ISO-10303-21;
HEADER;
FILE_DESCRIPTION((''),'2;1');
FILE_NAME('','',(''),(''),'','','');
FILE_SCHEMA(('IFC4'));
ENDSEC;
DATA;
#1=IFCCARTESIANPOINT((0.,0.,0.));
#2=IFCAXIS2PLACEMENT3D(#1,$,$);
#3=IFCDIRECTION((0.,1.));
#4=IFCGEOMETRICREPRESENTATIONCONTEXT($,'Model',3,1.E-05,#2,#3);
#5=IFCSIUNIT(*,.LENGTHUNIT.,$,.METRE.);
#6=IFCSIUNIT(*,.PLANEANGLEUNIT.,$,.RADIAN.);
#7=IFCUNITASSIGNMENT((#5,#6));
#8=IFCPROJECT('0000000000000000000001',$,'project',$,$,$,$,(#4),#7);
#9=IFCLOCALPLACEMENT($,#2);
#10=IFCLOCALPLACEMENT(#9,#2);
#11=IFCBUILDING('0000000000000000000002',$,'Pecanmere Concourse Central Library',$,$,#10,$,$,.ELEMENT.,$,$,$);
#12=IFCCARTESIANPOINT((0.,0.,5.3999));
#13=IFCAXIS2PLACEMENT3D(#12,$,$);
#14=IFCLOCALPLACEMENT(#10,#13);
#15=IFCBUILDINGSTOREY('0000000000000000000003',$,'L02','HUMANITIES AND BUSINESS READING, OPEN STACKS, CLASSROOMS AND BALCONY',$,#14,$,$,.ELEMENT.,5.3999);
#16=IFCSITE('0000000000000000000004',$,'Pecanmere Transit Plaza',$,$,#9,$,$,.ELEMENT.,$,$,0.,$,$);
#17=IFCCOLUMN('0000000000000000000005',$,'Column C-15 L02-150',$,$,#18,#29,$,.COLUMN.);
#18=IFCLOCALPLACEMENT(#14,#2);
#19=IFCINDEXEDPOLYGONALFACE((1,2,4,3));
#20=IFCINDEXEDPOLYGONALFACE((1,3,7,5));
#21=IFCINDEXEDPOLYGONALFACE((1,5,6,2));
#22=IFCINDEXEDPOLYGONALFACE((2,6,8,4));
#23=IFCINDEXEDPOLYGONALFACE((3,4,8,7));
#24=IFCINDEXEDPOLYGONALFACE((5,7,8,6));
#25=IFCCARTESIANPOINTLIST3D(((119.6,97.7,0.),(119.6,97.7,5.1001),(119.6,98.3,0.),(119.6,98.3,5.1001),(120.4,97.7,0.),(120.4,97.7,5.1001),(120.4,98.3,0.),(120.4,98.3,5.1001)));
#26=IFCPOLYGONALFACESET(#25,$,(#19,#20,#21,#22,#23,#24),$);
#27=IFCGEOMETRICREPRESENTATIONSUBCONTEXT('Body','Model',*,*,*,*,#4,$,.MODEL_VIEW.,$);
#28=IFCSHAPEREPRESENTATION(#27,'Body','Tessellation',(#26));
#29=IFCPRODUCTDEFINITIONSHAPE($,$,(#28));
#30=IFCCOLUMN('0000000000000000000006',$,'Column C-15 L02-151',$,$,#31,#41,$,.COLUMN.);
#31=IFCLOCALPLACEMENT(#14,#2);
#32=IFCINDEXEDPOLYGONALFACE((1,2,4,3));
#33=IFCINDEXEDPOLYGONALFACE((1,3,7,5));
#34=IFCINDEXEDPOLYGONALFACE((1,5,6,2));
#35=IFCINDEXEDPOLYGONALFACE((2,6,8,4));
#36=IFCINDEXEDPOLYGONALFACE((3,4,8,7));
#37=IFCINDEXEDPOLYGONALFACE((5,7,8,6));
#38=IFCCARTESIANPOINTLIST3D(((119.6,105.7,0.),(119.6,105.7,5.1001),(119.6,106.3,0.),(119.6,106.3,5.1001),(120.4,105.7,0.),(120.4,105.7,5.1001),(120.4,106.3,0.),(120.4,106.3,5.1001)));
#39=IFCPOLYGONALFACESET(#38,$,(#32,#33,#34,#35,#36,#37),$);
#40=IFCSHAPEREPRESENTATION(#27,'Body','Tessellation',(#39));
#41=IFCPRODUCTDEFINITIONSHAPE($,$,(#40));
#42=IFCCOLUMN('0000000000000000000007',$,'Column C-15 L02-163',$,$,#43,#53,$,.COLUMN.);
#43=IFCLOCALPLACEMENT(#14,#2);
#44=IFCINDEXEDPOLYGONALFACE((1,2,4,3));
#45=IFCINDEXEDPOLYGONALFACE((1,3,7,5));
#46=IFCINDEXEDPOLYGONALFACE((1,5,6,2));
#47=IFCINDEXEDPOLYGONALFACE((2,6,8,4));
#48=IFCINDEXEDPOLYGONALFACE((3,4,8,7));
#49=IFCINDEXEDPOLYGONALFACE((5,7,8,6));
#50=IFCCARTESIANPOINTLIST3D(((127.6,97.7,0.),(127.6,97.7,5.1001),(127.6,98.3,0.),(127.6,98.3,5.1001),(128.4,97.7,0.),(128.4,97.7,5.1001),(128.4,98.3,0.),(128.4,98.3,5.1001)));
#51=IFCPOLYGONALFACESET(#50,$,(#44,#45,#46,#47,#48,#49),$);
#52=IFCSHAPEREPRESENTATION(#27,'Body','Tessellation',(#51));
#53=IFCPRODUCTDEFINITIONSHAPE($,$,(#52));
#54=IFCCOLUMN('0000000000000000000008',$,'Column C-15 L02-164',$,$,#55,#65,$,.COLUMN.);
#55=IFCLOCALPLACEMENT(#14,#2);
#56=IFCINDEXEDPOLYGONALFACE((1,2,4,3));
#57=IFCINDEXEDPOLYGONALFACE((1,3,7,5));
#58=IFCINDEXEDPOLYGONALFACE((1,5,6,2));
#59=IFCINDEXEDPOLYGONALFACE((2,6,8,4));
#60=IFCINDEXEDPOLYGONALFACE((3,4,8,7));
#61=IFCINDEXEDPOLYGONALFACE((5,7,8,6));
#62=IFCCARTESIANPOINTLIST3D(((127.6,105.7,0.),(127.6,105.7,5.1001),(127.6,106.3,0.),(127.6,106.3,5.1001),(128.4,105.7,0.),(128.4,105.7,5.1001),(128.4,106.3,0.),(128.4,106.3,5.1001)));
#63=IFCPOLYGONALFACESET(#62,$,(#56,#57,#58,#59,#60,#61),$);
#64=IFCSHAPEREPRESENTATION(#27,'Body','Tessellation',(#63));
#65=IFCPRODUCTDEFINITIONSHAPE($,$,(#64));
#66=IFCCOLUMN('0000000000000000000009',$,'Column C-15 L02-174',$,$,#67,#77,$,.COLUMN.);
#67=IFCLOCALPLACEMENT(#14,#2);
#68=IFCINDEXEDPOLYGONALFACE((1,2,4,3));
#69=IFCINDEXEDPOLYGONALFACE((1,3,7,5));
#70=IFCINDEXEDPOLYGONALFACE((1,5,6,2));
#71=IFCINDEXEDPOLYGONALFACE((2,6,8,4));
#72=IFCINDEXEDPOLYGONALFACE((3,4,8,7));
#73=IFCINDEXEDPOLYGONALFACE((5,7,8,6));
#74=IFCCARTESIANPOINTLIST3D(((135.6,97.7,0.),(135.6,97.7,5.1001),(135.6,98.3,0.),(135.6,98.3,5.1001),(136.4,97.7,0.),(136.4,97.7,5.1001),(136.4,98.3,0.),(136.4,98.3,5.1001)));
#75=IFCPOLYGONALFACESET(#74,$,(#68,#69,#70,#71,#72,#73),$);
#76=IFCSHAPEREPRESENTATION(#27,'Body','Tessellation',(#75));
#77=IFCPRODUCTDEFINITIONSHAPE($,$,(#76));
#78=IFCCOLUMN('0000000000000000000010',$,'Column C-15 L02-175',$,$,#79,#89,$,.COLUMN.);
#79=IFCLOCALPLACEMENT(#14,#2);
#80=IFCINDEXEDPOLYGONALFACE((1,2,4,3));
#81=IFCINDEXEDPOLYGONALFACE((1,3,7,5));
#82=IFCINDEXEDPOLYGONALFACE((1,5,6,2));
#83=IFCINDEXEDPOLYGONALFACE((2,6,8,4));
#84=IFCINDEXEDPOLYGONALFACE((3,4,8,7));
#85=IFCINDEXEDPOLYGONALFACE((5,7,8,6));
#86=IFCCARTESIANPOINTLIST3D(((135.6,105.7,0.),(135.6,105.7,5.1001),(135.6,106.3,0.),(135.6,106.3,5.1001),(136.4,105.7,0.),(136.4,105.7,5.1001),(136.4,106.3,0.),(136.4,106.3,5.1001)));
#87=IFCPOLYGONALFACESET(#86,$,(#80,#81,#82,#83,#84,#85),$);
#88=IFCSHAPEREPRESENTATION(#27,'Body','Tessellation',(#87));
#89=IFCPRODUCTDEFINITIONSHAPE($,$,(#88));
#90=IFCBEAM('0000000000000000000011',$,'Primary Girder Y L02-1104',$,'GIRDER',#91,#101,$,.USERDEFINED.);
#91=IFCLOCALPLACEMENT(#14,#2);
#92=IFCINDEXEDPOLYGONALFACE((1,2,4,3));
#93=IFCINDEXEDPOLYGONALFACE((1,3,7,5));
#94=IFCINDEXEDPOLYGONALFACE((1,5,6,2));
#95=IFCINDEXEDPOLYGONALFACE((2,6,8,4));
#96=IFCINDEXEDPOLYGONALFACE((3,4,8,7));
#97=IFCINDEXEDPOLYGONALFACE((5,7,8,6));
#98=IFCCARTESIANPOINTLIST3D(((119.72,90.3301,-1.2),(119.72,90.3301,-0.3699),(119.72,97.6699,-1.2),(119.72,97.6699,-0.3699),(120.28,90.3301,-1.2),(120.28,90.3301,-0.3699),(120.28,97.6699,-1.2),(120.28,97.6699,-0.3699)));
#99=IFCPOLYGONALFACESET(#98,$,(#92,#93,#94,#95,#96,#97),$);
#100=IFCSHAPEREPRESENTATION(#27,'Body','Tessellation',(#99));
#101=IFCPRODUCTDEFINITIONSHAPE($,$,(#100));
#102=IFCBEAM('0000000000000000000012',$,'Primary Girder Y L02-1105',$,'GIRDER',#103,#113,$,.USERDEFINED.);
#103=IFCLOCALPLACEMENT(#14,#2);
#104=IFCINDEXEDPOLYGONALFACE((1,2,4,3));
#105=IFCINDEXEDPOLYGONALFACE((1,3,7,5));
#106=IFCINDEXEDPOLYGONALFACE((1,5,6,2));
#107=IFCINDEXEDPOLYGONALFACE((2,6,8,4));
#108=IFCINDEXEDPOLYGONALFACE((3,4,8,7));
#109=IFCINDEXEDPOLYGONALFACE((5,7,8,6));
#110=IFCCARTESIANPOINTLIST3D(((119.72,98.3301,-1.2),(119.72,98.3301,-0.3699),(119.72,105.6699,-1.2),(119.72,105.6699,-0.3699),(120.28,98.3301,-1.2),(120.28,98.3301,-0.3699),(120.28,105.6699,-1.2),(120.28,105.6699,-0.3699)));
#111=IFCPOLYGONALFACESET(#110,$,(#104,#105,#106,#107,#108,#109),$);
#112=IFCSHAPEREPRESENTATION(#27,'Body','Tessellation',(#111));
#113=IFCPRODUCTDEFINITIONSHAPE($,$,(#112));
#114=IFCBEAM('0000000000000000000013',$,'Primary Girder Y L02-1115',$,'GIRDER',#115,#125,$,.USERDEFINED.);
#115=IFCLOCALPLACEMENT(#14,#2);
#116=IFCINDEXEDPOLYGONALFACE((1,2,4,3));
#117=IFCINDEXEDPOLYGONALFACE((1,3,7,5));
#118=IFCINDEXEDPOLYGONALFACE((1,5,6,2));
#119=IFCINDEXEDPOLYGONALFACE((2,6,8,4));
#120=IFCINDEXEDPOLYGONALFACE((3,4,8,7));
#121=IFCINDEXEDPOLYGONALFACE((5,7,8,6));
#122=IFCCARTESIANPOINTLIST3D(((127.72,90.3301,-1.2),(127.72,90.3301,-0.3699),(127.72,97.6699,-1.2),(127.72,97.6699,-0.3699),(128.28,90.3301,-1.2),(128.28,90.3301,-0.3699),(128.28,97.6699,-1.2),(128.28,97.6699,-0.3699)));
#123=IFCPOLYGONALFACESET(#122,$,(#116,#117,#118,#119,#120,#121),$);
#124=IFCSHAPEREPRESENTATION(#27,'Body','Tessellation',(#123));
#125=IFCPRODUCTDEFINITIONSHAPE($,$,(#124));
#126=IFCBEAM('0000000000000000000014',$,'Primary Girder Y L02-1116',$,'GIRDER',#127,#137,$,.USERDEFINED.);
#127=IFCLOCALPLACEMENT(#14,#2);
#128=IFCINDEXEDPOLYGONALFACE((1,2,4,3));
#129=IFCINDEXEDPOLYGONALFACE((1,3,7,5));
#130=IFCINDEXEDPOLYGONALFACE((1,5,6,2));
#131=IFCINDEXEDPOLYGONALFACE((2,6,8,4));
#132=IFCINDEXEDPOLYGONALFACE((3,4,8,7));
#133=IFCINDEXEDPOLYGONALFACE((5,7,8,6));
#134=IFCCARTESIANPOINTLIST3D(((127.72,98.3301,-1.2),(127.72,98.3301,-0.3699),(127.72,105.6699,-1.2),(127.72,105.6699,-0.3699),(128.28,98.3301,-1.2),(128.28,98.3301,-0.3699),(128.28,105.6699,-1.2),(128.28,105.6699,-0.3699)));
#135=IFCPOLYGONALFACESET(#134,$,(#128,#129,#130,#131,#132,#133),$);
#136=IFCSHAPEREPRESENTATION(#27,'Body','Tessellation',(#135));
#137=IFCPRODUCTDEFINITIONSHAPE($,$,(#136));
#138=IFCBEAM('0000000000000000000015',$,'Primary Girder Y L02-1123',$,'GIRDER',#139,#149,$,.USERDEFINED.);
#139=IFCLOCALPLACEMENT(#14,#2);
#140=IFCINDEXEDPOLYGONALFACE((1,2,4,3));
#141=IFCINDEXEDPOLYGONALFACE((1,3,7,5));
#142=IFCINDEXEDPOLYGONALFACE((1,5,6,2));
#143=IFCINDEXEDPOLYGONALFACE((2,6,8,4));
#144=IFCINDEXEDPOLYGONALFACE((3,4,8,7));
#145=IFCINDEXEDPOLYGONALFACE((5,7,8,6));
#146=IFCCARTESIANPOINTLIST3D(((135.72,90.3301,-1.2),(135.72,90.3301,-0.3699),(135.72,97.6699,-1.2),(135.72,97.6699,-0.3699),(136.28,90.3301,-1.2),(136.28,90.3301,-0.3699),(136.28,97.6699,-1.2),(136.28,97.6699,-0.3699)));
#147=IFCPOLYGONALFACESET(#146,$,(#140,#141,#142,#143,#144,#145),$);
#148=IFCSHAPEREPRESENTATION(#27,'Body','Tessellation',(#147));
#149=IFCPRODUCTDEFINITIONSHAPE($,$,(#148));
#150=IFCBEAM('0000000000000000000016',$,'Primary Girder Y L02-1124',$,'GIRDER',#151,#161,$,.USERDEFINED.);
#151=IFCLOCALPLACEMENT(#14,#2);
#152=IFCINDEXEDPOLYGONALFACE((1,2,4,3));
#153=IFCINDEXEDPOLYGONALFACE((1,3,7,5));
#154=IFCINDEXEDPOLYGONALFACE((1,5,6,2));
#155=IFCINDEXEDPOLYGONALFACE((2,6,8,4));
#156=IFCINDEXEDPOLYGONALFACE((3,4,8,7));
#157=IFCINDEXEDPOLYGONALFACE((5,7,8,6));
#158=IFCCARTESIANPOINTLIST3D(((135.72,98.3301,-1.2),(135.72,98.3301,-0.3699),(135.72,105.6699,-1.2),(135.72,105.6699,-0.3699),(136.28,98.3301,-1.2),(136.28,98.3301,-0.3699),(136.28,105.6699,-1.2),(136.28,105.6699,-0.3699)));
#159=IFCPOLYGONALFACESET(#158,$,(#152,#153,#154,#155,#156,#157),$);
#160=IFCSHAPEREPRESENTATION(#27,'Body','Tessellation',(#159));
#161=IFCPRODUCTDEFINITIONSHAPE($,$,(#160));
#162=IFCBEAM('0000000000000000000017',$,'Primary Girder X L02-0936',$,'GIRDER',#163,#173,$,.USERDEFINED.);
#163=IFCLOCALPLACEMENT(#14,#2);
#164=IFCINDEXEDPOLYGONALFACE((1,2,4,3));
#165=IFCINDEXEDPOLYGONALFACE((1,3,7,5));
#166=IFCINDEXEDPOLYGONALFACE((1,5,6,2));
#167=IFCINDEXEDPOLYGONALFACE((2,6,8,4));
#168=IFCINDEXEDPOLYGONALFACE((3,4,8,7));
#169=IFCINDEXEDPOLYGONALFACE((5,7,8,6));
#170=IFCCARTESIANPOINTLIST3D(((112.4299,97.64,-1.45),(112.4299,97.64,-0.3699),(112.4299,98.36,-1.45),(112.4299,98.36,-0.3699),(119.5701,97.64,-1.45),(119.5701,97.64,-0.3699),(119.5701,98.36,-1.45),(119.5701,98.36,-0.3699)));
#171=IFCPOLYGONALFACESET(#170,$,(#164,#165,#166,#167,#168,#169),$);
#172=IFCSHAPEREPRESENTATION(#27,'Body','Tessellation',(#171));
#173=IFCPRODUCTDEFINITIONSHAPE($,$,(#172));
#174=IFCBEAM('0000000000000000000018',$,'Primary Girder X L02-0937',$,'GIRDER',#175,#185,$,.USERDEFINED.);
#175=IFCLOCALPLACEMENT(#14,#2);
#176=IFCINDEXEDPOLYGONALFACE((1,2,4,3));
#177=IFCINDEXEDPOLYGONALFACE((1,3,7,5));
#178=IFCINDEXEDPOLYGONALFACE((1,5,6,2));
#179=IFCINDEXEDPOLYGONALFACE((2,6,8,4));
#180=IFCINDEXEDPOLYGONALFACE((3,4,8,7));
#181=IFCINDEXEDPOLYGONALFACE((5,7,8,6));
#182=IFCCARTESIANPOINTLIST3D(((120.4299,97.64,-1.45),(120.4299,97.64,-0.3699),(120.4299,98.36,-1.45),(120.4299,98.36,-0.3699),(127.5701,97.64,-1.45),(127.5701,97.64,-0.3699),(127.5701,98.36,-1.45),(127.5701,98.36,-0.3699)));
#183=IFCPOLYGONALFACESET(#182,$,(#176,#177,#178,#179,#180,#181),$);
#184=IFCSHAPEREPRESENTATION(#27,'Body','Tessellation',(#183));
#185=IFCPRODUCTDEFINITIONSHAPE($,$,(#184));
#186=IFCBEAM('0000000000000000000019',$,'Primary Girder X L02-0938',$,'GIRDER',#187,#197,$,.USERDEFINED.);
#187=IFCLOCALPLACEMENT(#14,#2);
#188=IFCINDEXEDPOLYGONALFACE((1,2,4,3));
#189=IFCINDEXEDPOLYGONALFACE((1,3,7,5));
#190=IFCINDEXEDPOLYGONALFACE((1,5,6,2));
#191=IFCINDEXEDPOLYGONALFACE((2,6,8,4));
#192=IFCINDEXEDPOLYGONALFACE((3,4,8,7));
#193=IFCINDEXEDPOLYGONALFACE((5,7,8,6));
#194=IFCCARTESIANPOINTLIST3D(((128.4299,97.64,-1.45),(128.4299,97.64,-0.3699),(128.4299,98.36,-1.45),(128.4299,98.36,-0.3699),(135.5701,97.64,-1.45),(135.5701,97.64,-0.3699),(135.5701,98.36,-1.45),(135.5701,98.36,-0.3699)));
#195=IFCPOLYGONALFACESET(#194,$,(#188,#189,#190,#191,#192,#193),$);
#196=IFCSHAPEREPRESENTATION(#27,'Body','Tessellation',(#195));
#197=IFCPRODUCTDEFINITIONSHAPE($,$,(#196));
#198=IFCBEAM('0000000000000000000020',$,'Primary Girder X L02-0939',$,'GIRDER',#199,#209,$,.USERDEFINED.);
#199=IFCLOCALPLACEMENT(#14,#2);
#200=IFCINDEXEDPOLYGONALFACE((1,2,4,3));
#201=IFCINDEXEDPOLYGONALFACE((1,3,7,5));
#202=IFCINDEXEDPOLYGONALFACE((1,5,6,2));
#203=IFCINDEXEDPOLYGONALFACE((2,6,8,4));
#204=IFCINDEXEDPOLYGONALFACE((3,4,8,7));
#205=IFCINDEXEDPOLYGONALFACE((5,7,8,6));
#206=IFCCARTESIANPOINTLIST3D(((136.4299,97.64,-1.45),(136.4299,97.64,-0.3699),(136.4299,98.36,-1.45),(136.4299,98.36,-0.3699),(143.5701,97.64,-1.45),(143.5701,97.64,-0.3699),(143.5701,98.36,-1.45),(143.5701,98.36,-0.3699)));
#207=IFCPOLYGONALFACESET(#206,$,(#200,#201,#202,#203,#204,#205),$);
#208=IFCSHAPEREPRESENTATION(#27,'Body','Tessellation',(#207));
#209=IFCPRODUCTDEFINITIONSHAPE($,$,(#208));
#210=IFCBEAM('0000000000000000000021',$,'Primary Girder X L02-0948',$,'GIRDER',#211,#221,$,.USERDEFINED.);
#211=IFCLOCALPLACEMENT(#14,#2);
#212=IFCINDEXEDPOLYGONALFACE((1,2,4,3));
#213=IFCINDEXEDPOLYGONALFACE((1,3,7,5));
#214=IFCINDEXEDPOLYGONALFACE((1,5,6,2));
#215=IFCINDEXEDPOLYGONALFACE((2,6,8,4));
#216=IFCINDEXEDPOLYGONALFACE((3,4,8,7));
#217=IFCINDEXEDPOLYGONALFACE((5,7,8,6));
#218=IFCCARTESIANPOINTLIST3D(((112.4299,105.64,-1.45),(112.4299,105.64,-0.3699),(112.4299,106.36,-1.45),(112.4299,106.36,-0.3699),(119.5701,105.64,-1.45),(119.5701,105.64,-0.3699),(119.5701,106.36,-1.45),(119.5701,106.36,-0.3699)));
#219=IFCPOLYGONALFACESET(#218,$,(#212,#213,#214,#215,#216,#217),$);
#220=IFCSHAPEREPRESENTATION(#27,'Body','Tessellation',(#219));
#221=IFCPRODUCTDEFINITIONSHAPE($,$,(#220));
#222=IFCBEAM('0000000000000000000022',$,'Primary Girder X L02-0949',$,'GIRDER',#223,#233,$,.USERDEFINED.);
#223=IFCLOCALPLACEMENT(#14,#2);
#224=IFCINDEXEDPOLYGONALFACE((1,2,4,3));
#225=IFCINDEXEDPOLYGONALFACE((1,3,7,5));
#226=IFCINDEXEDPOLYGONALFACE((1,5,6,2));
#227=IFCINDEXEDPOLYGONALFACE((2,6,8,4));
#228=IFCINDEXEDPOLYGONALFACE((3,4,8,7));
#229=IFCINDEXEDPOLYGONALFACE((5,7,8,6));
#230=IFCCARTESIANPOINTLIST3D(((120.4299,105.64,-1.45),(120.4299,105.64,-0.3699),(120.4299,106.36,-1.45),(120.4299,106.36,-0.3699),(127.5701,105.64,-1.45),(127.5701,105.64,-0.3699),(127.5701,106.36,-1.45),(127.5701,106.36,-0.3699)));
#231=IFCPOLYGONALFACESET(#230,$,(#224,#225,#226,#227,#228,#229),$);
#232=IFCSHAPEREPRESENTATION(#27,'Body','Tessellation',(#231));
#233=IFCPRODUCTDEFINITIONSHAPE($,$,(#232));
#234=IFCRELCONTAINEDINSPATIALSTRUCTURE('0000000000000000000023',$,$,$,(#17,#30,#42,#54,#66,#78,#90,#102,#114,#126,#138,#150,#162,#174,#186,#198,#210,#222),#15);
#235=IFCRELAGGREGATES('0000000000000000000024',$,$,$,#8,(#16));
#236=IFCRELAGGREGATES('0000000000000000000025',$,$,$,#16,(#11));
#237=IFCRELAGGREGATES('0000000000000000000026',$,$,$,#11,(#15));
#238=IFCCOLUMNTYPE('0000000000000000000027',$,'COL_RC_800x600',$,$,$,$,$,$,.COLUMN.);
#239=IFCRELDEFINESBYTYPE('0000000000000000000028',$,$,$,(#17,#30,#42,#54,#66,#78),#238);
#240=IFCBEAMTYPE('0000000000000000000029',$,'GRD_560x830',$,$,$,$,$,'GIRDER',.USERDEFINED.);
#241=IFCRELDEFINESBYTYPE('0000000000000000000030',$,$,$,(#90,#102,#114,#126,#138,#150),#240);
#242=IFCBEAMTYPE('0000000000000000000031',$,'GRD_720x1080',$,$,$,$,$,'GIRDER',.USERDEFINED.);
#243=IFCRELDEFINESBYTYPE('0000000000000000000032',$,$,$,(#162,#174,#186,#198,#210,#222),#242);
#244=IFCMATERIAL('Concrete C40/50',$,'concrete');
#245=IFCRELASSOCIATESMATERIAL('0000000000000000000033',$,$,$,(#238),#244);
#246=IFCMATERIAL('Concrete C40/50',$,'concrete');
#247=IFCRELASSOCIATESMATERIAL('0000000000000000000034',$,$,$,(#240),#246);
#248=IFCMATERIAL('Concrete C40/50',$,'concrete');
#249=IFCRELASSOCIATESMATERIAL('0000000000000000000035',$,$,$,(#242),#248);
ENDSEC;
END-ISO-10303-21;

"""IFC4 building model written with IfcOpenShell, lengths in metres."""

from ifc_helpers import new_model, si_unit, direction, frame, origin, origin_2d, place, context, subcontext, project, spatial, rectangle, extrude, material, material_profile, profile_set, type_object, element, save


model = new_model("IFC4")

# Units and contexts
model_context = context("Model", 3, precision=1e-05, world=origin(), true_north=direction((0.0, 1.0)))
body_context = subcontext(model_context, "Body", "Model", "MODEL_VIEW")
ifc_project = project(units=[si_unit("LENGTHUNIT", "METRE"), si_unit("PLANEANGLEUNIT", "RADIAN")], contexts=[model_context])

# Site, building, storey
site_placement = place(None, origin())
site = spatial("IfcSite", under=ifc_project, at=site_placement, Name="Pecanmere Transit Plaza", CompositionType="ELEMENT", RefElevation=0.0)
building_placement = place(site_placement, origin())
building = spatial("IfcBuilding", under=site, at=building_placement, Name="Pecanmere Concourse Central Library", CompositionType="ELEMENT")
storey_placement = place(building_placement, frame((0.0, 0.0, 5.3999)))
storey = spatial("IfcBuildingStorey", under=building, at=storey_placement, Name="L02", Description="HUMANITIES AND BUSINESS READING, OPEN STACKS, CLASSROOMS AND BALCONY", CompositionType="ELEMENT", Elevation=5.3999)

# Columns
ifc_material_1 = material(Name="Concrete C40/50", Category="concrete")
ifc_material_profile_1 = material_profile(ifc_material_1, rectangle(XDim=0.8, YDim=0.6001, at=origin_2d()), Name="RC 800x600")
ifc_profile_set_1 = profile_set([ifc_material_profile_1], Name="Concrete C40/50")
column_type = type_object("IfcColumnType", Name="COL_RC_800x600", PredefinedType="COLUMN", material=ifc_profile_set_1)
for number, where, z_axis, x_axis, name in (
    (1, (120.0, 98.0, 0.0), (0.0, 0.0, 1.0), (1.0, 0.0, 0.0), "Column C-15 L02-150"),
    (2, (120.0, 106.0, 0.0), (0.0, 0.0, 1.0), (1.0, 0.0, 0.0), "Column C-15 L02-151"),
    (3, (128.0, 98.0, 0.0), (0.0, 0.0, 1.0), (1.0, 0.0, 0.0), "Column C-15 L02-163"),
    (4, (128.0, 106.0, 0.0), (0.0, 0.0, 1.0), (1.0, 0.0, 0.0), "Column C-15 L02-164"),
    (5, (136.0, 98.0, 0.0), (0.0, 0.0, 1.0), (1.0, 0.0, 0.0), "Column C-15 L02-174"),
    (6, (136.0, 106.0, 0.0), (0.0, 0.0, 1.0), (1.0, 0.0, 0.0), "Column C-15 L02-175"),
):
    element("IfcColumn", number, at=place(storey_placement, frame(where, z_axis=z_axis, x_axis=x_axis)), inside=storey, type_object=column_type, Name=name, PredefinedType="COLUMN", context=body_context, shape_type="SweptSolid", body=[
        extrude(rectangle(XDim=0.8, YDim=0.6001, at=origin_2d()), origin(), (0.0, 0.0, 1.0), 5.1001),
    ])

# Beams
ifc_material_2 = material(Name="Concrete C40/50", Category="concrete")
ifc_material_profile_2 = material_profile(ifc_material_2, rectangle(XDim=0.5601, YDim=0.8301, at=origin_2d()), Name="RC 560x830")
ifc_profile_set_2 = profile_set([ifc_material_profile_2], Name="Concrete C40/50")
beam_type_1 = type_object("IfcBeamType", Name="GRD_560x830", ElementType="GIRDER", PredefinedType="USERDEFINED", material=ifc_profile_set_2)
for number, where, z_axis, x_axis, name in (
    (7, (120.0, 90.3301, -0.7849), (0.0, 1.0, 0.0), (-1.0, 0.0, 0.0), "Primary Girder Y L02-1104"),
    (8, (120.0, 98.3301, -0.7849), (0.0, 1.0, 0.0), (-1.0, 0.0, 0.0), "Primary Girder Y L02-1105"),
    (9, (128.0, 90.3301, -0.7849), (0.0, 1.0, 0.0), (-1.0, 0.0, 0.0), "Primary Girder Y L02-1115"),
    (10, (128.0, 98.3301, -0.7849), (0.0, 1.0, 0.0), (-1.0, 0.0, 0.0), "Primary Girder Y L02-1116"),
    (11, (136.0, 90.3301, -0.7849), (0.0, 1.0, 0.0), (-1.0, 0.0, 0.0), "Primary Girder Y L02-1123"),
    (12, (136.0, 98.3301, -0.7849), (0.0, 1.0, 0.0), (-1.0, 0.0, 0.0), "Primary Girder Y L02-1124"),
):
    element("IfcBeam", number, at=place(storey_placement, frame(where, z_axis=z_axis, x_axis=x_axis)), inside=storey, type_object=beam_type_1, Name=name, ObjectType="GIRDER", PredefinedType="USERDEFINED", context=body_context, shape_type="SweptSolid", body=[
        extrude(rectangle(XDim=0.5601, YDim=0.8301, at=origin_2d()), origin(), (0.0, 0.0, 1.0), 7.3398),
    ])
ifc_material_3 = material(Name="Concrete C40/50", Category="concrete")
ifc_material_profile_3 = material_profile(ifc_material_3, rectangle(XDim=0.72, YDim=1.0801, at=origin_2d()), Name="RC 720x1080")
ifc_profile_set_3 = profile_set([ifc_material_profile_3], Name="Concrete C40/50")
beam_type_2 = type_object("IfcBeamType", Name="GRD_720x1080", ElementType="GIRDER", PredefinedType="USERDEFINED", material=ifc_profile_set_3)
for number, where, z_axis, x_axis, name in (
    (13, (112.4299, 98.0, -0.9099), (1.0, 0.0, 0.0), (0.0, 1.0, 0.0), "Primary Girder X L02-0936"),
    (14, (120.4299, 98.0, -0.9099), (1.0, 0.0, 0.0), (0.0, 1.0, 0.0), "Primary Girder X L02-0937"),
    (15, (128.4299, 98.0, -0.9099), (1.0, 0.0, 0.0), (0.0, 1.0, 0.0), "Primary Girder X L02-0938"),
    (16, (136.4299, 98.0, -0.9099), (1.0, 0.0, 0.0), (0.0, 1.0, 0.0), "Primary Girder X L02-0939"),
    (17, (112.4299, 106.0, -0.9099), (1.0, 0.0, 0.0), (0.0, 1.0, 0.0), "Primary Girder X L02-0948"),
    (18, (120.4299, 106.0, -0.9099), (1.0, 0.0, 0.0), (0.0, 1.0, 0.0), "Primary Girder X L02-0949"),
):
    element("IfcBeam", number, at=place(storey_placement, frame(where, z_axis=z_axis, x_axis=x_axis)), inside=storey, type_object=beam_type_2, Name=name, ObjectType="GIRDER", PredefinedType="USERDEFINED", context=body_context, shape_type="SweptSolid", body=[
        extrude(rectangle(XDim=0.72, YDim=1.0801, at=origin_2d()), origin(), (0.0, 0.0, 1.0), 7.1401),
    ])

save(model, "model.ifc")
